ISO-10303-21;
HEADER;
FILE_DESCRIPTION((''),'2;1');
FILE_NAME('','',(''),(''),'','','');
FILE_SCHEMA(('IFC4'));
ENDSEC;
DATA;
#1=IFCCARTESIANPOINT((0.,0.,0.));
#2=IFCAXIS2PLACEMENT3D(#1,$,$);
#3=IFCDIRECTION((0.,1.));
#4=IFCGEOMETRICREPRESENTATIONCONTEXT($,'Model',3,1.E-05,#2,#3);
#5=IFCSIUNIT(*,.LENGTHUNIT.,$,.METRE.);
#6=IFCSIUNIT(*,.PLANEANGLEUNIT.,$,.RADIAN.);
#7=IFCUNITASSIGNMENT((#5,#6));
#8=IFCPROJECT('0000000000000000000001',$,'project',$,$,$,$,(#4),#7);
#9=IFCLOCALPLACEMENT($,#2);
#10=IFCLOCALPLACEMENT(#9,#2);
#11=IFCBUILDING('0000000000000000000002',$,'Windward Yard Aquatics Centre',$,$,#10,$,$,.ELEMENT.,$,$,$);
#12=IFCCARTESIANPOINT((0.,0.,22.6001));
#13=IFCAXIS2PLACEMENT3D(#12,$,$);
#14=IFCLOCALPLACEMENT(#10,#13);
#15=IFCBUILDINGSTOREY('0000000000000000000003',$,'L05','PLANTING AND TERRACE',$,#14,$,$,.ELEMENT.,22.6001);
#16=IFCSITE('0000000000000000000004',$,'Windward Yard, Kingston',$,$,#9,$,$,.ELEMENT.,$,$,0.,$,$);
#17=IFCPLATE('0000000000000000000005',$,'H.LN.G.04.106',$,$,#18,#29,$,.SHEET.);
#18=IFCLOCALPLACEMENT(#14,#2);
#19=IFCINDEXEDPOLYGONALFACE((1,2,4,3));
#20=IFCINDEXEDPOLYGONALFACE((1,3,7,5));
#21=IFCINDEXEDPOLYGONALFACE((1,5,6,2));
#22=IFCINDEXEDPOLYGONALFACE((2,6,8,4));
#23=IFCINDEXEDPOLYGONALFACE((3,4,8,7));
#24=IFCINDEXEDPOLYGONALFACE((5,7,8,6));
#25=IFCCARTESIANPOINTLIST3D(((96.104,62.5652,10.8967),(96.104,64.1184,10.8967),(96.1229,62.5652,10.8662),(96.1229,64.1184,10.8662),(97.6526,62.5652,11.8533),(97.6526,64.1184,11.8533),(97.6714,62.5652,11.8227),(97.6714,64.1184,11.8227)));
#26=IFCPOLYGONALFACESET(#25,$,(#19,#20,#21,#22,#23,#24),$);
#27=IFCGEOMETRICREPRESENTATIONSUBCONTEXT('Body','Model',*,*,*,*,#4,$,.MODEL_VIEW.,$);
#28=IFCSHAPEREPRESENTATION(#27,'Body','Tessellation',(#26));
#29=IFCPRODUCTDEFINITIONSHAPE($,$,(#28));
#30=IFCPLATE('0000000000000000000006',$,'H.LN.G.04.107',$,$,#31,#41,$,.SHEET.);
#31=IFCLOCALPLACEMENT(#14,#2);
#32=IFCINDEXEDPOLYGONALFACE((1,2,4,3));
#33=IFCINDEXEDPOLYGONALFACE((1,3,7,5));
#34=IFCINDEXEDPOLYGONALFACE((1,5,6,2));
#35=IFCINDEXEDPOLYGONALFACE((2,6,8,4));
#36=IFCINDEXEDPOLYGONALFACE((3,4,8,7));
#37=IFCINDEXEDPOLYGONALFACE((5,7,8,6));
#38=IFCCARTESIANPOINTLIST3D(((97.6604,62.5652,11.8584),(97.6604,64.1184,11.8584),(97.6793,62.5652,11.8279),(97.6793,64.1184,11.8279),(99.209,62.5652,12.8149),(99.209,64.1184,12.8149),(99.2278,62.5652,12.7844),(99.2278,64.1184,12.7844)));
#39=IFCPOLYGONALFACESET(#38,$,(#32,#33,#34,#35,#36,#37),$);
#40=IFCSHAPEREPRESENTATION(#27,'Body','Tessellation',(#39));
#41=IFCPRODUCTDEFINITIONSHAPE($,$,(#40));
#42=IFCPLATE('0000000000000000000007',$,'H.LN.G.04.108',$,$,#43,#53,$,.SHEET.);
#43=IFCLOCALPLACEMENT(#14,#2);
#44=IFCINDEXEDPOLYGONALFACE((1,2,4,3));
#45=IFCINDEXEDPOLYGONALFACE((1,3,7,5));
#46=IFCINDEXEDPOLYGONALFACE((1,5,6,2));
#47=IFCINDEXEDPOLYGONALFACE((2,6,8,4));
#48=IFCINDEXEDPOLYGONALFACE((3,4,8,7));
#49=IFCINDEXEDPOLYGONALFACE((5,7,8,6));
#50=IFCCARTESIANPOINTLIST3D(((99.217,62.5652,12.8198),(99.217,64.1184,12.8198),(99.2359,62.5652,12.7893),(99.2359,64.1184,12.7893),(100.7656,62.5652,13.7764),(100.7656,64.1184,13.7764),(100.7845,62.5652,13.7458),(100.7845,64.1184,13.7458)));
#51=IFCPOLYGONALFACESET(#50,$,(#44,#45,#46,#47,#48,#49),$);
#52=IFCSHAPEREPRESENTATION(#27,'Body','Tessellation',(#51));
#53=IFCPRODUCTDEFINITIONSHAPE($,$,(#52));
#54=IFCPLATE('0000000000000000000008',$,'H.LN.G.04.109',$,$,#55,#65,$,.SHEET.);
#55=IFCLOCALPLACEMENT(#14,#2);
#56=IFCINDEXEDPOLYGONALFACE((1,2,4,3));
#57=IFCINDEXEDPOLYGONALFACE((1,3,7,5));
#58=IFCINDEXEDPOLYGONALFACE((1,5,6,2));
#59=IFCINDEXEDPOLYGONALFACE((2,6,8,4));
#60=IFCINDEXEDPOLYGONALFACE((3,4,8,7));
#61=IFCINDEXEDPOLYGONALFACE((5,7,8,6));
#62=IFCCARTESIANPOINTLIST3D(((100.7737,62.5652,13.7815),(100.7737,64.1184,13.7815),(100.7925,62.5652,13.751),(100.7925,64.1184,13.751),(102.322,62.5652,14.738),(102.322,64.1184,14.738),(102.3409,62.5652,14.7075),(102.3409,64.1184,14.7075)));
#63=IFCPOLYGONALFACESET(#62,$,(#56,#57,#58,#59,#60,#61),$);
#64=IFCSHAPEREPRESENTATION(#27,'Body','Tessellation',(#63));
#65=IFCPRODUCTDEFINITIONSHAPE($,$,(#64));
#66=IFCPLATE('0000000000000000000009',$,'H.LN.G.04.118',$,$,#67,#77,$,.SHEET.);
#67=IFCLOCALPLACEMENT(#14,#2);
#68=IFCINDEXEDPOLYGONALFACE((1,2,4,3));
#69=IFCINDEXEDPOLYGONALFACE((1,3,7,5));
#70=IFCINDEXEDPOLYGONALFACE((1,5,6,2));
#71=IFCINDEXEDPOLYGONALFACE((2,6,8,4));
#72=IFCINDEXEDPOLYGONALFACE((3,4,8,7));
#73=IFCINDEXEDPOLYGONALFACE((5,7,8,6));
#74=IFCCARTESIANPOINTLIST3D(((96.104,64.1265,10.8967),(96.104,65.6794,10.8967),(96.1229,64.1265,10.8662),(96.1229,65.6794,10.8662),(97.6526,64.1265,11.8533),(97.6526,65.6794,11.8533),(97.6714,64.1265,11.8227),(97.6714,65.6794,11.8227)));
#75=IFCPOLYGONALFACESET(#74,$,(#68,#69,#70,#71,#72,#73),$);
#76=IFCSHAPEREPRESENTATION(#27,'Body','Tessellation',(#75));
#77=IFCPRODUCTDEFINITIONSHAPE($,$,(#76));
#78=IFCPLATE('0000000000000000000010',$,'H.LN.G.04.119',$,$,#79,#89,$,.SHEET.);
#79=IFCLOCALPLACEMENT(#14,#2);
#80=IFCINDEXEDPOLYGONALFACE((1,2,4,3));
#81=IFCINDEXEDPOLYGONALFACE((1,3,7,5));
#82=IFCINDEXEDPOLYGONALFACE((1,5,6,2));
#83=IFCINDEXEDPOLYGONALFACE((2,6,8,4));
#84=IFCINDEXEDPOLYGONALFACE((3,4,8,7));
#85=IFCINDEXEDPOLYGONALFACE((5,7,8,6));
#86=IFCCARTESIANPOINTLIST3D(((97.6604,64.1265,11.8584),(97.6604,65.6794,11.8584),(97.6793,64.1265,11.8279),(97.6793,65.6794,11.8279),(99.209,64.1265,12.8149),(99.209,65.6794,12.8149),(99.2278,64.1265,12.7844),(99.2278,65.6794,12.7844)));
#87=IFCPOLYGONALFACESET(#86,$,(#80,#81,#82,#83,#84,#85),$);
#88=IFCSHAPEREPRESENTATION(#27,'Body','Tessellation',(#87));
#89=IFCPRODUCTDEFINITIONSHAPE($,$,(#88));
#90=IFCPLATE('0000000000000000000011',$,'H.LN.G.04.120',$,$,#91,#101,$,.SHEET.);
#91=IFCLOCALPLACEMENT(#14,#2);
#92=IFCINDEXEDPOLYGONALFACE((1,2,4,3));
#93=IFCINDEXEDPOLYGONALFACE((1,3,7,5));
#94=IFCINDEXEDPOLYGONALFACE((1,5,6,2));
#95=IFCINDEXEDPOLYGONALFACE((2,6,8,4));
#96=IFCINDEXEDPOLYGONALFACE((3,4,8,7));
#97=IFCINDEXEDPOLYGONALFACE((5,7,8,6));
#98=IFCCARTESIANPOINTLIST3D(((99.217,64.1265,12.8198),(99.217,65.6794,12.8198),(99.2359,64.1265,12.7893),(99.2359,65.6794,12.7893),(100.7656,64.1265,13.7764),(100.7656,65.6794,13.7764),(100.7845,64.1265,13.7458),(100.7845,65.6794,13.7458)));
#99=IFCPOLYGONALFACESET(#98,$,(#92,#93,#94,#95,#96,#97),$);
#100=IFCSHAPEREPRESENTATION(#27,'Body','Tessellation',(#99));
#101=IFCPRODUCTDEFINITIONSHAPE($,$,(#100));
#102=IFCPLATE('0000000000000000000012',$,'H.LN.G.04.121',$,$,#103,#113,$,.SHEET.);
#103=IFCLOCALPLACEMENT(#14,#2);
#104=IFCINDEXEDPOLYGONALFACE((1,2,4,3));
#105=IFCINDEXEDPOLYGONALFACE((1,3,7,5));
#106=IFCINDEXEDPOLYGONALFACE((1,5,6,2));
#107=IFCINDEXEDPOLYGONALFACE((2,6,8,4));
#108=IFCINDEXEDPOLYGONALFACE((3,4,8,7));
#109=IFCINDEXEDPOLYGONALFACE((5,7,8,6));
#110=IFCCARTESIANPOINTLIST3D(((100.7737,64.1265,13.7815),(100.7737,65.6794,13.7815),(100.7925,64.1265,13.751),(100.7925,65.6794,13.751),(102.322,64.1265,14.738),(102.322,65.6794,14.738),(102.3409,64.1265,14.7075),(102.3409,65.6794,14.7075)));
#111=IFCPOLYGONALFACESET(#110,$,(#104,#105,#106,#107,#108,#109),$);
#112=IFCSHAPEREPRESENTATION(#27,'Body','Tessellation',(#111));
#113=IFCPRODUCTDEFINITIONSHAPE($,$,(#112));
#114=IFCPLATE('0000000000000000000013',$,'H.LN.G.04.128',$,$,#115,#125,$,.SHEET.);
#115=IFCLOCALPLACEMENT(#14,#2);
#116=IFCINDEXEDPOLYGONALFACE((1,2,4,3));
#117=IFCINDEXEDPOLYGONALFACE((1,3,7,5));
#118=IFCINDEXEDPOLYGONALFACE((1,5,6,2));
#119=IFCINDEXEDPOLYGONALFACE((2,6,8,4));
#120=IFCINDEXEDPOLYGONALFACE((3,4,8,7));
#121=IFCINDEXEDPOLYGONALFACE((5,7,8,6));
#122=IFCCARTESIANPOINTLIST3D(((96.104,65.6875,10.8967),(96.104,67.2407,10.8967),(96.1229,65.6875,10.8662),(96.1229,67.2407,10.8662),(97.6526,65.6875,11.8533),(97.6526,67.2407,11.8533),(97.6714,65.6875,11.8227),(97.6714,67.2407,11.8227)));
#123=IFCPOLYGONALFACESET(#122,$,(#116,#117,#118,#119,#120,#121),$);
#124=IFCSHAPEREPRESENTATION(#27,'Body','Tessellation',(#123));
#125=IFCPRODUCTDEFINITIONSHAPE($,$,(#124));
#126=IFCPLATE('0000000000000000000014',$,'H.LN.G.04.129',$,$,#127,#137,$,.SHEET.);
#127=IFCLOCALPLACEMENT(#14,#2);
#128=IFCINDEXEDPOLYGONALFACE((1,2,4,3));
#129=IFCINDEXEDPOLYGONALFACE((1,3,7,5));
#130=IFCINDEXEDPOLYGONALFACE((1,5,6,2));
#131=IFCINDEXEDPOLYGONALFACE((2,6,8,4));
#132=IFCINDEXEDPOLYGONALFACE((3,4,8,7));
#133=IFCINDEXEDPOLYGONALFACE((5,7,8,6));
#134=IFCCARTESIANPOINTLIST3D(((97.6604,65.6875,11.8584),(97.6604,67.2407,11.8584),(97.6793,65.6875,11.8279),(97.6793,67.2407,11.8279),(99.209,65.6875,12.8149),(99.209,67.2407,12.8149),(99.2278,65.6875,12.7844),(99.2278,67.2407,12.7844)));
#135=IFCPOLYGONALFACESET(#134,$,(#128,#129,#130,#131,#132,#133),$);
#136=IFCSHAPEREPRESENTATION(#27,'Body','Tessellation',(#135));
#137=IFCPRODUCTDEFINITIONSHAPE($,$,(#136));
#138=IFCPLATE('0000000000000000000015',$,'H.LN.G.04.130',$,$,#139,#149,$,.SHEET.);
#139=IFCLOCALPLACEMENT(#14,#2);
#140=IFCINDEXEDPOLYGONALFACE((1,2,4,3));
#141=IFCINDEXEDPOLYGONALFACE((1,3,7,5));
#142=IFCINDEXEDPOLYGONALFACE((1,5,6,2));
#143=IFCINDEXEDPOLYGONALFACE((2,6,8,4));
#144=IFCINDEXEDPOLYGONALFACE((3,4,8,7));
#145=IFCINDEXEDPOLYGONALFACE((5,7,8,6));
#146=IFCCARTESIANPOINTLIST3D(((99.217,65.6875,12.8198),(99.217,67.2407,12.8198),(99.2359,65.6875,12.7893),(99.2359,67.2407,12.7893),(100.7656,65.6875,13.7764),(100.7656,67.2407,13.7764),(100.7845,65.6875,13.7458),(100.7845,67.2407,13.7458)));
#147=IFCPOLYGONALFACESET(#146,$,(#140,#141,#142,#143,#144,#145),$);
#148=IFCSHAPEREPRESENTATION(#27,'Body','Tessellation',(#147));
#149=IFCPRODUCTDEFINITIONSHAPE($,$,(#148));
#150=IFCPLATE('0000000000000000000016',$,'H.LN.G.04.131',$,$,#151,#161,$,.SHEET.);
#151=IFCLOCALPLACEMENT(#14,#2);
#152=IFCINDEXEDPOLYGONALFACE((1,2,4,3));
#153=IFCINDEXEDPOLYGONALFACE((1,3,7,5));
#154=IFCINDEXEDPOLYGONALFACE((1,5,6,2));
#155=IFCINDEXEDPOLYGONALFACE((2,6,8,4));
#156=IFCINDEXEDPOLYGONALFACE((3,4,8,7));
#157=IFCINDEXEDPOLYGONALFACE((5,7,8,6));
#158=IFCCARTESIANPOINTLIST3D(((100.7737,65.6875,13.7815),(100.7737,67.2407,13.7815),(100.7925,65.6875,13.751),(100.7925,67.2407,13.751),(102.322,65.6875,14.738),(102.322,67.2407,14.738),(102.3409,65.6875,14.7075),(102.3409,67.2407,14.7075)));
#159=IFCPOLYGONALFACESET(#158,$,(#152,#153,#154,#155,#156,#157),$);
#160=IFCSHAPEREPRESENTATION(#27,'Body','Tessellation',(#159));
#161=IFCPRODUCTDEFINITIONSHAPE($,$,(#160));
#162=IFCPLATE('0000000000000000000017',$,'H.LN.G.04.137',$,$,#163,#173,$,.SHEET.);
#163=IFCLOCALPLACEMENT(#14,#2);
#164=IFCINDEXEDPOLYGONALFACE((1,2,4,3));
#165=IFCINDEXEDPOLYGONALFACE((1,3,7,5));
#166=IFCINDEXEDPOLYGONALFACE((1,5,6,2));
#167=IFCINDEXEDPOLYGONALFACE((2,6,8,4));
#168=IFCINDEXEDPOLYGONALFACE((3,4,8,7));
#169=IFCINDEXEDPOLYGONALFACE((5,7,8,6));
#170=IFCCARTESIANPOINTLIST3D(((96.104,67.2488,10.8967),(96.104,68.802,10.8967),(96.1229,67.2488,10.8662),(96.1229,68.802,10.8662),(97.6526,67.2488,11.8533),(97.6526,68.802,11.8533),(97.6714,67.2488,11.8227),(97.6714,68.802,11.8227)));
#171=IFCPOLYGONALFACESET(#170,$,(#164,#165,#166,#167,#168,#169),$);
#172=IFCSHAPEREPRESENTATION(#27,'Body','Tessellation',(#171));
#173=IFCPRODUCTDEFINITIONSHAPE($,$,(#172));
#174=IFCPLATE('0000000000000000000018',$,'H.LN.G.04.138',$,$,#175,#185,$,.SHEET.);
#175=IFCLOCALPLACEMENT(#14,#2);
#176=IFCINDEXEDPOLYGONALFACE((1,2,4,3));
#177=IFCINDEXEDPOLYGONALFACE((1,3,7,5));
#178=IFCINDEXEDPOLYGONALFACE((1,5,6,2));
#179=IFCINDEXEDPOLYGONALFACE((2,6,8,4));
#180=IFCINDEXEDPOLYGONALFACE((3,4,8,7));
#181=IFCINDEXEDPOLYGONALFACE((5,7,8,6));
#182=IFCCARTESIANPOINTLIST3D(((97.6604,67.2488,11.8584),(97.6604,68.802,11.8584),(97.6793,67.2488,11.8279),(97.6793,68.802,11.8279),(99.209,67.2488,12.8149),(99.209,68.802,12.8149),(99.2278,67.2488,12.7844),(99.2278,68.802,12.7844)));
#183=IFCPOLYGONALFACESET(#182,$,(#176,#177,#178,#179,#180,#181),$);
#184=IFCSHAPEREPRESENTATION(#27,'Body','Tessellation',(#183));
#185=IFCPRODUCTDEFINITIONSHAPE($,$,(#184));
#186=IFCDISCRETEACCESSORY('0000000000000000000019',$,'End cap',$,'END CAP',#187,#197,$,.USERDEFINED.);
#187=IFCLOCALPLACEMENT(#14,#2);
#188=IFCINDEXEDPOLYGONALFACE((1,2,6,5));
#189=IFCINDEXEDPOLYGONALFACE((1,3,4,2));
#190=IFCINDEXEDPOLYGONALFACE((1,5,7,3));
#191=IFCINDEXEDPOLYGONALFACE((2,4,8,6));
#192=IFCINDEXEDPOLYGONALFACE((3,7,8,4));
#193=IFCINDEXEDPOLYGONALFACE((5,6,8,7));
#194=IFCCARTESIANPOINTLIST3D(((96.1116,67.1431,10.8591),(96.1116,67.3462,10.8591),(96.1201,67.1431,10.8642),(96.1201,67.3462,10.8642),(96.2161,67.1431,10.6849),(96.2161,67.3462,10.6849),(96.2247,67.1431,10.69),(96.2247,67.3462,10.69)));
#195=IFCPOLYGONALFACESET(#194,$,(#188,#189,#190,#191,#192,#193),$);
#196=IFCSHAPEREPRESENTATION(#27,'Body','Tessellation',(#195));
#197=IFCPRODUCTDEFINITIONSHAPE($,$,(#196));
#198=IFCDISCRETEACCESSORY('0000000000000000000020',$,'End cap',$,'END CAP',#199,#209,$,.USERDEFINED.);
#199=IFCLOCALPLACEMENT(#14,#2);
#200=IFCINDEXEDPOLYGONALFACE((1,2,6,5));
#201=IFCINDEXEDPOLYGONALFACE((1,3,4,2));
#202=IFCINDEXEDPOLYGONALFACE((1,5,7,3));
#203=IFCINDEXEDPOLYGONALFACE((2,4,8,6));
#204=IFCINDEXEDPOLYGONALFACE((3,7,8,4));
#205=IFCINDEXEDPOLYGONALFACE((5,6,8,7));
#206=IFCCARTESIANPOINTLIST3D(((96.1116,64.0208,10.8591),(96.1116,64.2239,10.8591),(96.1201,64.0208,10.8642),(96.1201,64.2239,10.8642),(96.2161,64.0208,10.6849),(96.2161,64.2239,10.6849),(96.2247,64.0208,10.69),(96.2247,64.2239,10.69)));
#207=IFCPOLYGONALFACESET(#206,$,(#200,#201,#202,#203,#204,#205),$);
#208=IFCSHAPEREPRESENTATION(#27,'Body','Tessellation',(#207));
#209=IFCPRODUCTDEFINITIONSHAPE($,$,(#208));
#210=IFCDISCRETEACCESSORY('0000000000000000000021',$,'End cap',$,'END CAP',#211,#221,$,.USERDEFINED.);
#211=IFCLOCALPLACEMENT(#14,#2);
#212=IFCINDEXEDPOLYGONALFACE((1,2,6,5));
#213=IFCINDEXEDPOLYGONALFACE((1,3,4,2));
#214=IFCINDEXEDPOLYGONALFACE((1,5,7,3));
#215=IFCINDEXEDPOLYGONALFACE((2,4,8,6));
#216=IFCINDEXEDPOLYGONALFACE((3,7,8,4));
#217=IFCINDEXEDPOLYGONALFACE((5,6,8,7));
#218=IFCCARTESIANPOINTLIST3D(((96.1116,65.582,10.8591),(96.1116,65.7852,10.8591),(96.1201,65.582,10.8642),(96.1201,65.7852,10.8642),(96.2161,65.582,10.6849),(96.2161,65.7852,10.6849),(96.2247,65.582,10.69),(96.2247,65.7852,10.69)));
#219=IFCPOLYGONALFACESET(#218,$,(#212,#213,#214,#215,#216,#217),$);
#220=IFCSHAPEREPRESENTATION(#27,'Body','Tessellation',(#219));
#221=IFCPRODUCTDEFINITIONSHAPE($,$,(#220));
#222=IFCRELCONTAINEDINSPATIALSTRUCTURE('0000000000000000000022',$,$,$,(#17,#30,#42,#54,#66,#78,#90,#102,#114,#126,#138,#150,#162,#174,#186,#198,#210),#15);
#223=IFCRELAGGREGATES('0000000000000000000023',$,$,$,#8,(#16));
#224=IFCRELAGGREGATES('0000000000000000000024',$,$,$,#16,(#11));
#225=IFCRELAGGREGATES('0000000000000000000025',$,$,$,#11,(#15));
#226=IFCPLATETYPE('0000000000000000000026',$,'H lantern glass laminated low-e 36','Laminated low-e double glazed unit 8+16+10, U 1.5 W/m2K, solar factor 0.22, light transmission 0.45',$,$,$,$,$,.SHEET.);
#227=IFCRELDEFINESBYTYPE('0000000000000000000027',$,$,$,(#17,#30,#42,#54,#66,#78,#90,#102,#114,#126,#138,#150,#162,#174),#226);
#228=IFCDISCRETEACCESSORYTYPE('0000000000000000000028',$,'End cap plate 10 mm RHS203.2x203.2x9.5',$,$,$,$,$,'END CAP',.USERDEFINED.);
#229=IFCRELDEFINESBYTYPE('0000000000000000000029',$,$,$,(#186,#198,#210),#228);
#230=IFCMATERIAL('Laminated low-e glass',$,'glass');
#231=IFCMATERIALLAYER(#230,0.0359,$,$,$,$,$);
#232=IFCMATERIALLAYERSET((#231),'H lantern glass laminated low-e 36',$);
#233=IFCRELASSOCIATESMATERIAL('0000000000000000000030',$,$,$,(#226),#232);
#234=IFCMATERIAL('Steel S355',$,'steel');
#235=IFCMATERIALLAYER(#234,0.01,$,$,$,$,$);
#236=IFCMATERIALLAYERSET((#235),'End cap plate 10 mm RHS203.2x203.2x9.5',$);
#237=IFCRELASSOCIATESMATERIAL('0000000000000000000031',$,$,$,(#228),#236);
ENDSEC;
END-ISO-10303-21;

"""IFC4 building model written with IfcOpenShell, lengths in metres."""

from ifc_helpers import new_model, si_unit, direction, frame, origin, origin_2d, place, context, subcontext, project, spatial, polyline, rectangle, outline, extrude, material, layer, layer_set, type_object, element, save


model = new_model("IFC4")

# Units and contexts
model_context = context("Model", 3, precision=1e-05, world=origin(), true_north=direction((0.0, 1.0)))
body_context = subcontext(model_context, "Body", "Model", "MODEL_VIEW")
ifc_project = project(units=[si_unit("LENGTHUNIT", "METRE"), si_unit("PLANEANGLEUNIT", "RADIAN")], contexts=[model_context])

# Site, building, storey
site_placement = place(None, origin())
site = spatial("IfcSite", under=ifc_project, at=site_placement, Name="Windward Yard, Kingston", CompositionType="ELEMENT", RefElevation=0.0)
building_placement = place(site_placement, origin())
building = spatial("IfcBuilding", under=site, at=building_placement, Name="Windward Yard Aquatics Centre", CompositionType="ELEMENT")
storey_placement = place(building_placement, frame((0.0, 0.0, 22.6001)))
storey = spatial("IfcBuildingStorey", under=building, at=storey_placement, Name="L05", Description="PLANTING AND TERRACE", CompositionType="ELEMENT", Elevation=22.6001)

# Plates
ifc_material_1 = material(Name="Laminated low-e glass", Category="glass")
ifc_layer_1 = layer(ifc_material_1, 0.0359)
ifc_layer_set_1 = layer_set([ifc_layer_1], Name="H lantern glass laminated low-e 36")
plate_type = type_object("IfcPlateType", Name="H lantern glass laminated low-e 36", Description="Laminated low-e double glazed unit 8+16+10, U 1.5 W/m2K, solar factor 0.22, light transmission 0.45", PredefinedType="SHEET", material=ifc_layer_set_1)
for number, where, z_axis, x_axis, name in (
    (1, (96.104, 62.5652, 10.8967), (-0.525519, 0.0, 0.850782), (0.0, 1.0, 0.0), "H.LN.G.04.106"),
    (2, (97.6604, 62.5652, 11.8584), (-0.525519, 0.0, 0.850782), (0.0, 1.0, 0.0), "H.LN.G.04.107"),
    (3, (99.217, 62.5652, 12.8198), (-0.525519, 0.0, 0.850782), (0.0, 1.0, 0.0), "H.LN.G.04.108"),
):
    element("IfcPlate", number, at=place(storey_placement, frame(where, z_axis=z_axis, x_axis=x_axis)), inside=storey, type_object=plate_type, Name=name, PredefinedType="SHEET", context=body_context, shape_type="SweptSolid", body=[
        extrude(outline(polyline([(0.0, 0.0), (1.5532, 0.0), (1.5532, -1.8202), (0.0, -1.8202), (0.0, 0.0)])), origin(), (0.0, 0.0, -1.0), 0.0359),
    ])
plate_1_placement = place(storey_placement, frame((100.7737, 62.5652, 13.7815), z_axis=(-0.525579, 0.0, 0.850745), x_axis=(0.0, 1.0, 0.0)))
element("IfcPlate", 4, at=plate_1_placement, inside=storey, type_object=plate_type, Name="H.LN.G.04.109", PredefinedType="SHEET", context=body_context, shape_type="SweptSolid", body=[
    extrude(outline(polyline([(0.0, 0.0), (1.5532, 0.0), (1.5532, -1.82), (0.0, -1.82), (0.0, 0.0)])), origin(), (0.0, 0.0, -1.0), 0.0359),
])
for number, where, z_axis, x_axis, name in (
    (5, (96.104, 64.1265, 10.8967), (-0.525519, 0.0, 0.850782), (0.0, 1.0, 0.0), "H.LN.G.04.118"),
    (6, (97.6604, 64.1265, 11.8584), (-0.525519, 0.0, 0.850782), (0.0, 1.0, 0.0), "H.LN.G.04.119"),
    (7, (99.217, 64.1265, 12.8198), (-0.525519, 0.0, 0.850782), (0.0, 1.0, 0.0), "H.LN.G.04.120"),
):
    element("IfcPlate", number, at=place(storey_placement, frame(where, z_axis=z_axis, x_axis=x_axis)), inside=storey, type_object=plate_type, Name=name, PredefinedType="SHEET", context=body_context, shape_type="SweptSolid", body=[
        extrude(outline(polyline([(0.0, 0.0), (1.553, 0.0), (1.553, -1.8202), (0.0, -1.8202), (0.0, 0.0)])), origin(), (0.0, 0.0, -1.0), 0.0359),
    ])
plate_2_placement = place(storey_placement, frame((100.7737, 64.1265, 13.7815), z_axis=(-0.525579, 0.0, 0.850745), x_axis=(0.0, 1.0, 0.0)))
element("IfcPlate", 8, at=plate_2_placement, inside=storey, type_object=plate_type, Name="H.LN.G.04.121", PredefinedType="SHEET", context=body_context, shape_type="SweptSolid", body=[
    extrude(outline(polyline([(0.0, 0.0), (1.553, 0.0), (1.553, -1.82), (0.0, -1.82), (0.0, 0.0)])), origin(), (0.0, 0.0, -1.0), 0.0359),
])
for number, where, z_axis, x_axis, name in (
    (9, (96.104, 65.6875, 10.8967), (-0.525519, 0.0, 0.850782), (0.0, 1.0, 0.0), "H.LN.G.04.128"),
    (10, (97.6604, 65.6875, 11.8584), (-0.525519, 0.0, 0.850782), (0.0, 1.0, 0.0), "H.LN.G.04.129"),
    (11, (99.217, 65.6875, 12.8198), (-0.525519, 0.0, 0.850782), (0.0, 1.0, 0.0), "H.LN.G.04.130"),
):
    element("IfcPlate", number, at=place(storey_placement, frame(where, z_axis=z_axis, x_axis=x_axis)), inside=storey, type_object=plate_type, Name=name, PredefinedType="SHEET", context=body_context, shape_type="SweptSolid", body=[
        extrude(outline(polyline([(0.0, 0.0), (1.5532, 0.0), (1.5532, -1.8202), (0.0, -1.8202), (0.0, 0.0)])), origin(), (0.0, 0.0, -1.0), 0.0359),
    ])
plate_3_placement = place(storey_placement, frame((100.7737, 65.6875, 13.7815), z_axis=(-0.525579, 0.0, 0.850745), x_axis=(0.0, 1.0, 0.0)))
element("IfcPlate", 12, at=plate_3_placement, inside=storey, type_object=plate_type, Name="H.LN.G.04.131", PredefinedType="SHEET", context=body_context, shape_type="SweptSolid", body=[
    extrude(outline(polyline([(0.0, 0.0), (1.5532, 0.0), (1.5532, -1.82), (0.0, -1.82), (0.0, 0.0)])), origin(), (0.0, 0.0, -1.0), 0.0359),
])
for number, where, z_axis, x_axis, name in (
    (13, (96.104, 67.2488, 10.8967), (-0.525519, 0.0, 0.850782), (0.0, 1.0, 0.0), "H.LN.G.04.137"),
    (14, (97.6604, 67.2488, 11.8584), (-0.525519, 0.0, 0.850782), (0.0, 1.0, 0.0), "H.LN.G.04.138"),
):
    element("IfcPlate", number, at=place(storey_placement, frame(where, z_axis=z_axis, x_axis=x_axis)), inside=storey, type_object=plate_type, Name=name, PredefinedType="SHEET", context=body_context, shape_type="SweptSolid", body=[
        extrude(outline(polyline([(0.0, 0.0), (1.5532, 0.0), (1.5532, -1.8202), (0.0, -1.8202), (0.0, 0.0)])), origin(), (0.0, 0.0, -1.0), 0.0359),
    ])

# Discrete accessories
ifc_material_2 = material(Name="Steel S355", Category="steel")
ifc_layer_2 = layer(ifc_material_2, 0.01)
ifc_layer_set_2 = layer_set([ifc_layer_2], Name="End cap plate 10 mm RHS203.2x203.2x9.5")
discrete_accessory_type_1 = type_object("IfcDiscreteAccessoryType", Name="End cap plate 10 mm RHS203.2x203.2x9.5", ElementType="END CAP", PredefinedType="USERDEFINED", material=ifc_layer_set_2)
for number, where, z_axis, x_axis, name in (
    (15, (96.1638, 67.2446, 10.772), (0.857493, 0.0, 0.514496), (0.0, 1.0, 0.0), "End cap"),
    (16, (96.1638, 64.1223, 10.772), (0.857493, 0.0, 0.514496), (0.0, 1.0, 0.0), "End cap"),
    (17, (96.1638, 65.6836, 10.772), (0.857493, 0.0, 0.514496), (0.0, 1.0, 0.0), "End cap"),
):
    element("IfcDiscreteAccessory", number, at=place(storey_placement, frame(where, z_axis=z_axis, x_axis=x_axis)), inside=storey, type_object=discrete_accessory_type_1, Name=name, ObjectType="END CAP", PredefinedType="USERDEFINED", context=body_context, shape_type="SweptSolid", body=[
        extrude(rectangle(XDim=0.2031, YDim=0.2031, at=origin_2d()), origin(), (0.0, 0.0, 1.0), 0.01),
    ])

save(model, "model.ifc")
